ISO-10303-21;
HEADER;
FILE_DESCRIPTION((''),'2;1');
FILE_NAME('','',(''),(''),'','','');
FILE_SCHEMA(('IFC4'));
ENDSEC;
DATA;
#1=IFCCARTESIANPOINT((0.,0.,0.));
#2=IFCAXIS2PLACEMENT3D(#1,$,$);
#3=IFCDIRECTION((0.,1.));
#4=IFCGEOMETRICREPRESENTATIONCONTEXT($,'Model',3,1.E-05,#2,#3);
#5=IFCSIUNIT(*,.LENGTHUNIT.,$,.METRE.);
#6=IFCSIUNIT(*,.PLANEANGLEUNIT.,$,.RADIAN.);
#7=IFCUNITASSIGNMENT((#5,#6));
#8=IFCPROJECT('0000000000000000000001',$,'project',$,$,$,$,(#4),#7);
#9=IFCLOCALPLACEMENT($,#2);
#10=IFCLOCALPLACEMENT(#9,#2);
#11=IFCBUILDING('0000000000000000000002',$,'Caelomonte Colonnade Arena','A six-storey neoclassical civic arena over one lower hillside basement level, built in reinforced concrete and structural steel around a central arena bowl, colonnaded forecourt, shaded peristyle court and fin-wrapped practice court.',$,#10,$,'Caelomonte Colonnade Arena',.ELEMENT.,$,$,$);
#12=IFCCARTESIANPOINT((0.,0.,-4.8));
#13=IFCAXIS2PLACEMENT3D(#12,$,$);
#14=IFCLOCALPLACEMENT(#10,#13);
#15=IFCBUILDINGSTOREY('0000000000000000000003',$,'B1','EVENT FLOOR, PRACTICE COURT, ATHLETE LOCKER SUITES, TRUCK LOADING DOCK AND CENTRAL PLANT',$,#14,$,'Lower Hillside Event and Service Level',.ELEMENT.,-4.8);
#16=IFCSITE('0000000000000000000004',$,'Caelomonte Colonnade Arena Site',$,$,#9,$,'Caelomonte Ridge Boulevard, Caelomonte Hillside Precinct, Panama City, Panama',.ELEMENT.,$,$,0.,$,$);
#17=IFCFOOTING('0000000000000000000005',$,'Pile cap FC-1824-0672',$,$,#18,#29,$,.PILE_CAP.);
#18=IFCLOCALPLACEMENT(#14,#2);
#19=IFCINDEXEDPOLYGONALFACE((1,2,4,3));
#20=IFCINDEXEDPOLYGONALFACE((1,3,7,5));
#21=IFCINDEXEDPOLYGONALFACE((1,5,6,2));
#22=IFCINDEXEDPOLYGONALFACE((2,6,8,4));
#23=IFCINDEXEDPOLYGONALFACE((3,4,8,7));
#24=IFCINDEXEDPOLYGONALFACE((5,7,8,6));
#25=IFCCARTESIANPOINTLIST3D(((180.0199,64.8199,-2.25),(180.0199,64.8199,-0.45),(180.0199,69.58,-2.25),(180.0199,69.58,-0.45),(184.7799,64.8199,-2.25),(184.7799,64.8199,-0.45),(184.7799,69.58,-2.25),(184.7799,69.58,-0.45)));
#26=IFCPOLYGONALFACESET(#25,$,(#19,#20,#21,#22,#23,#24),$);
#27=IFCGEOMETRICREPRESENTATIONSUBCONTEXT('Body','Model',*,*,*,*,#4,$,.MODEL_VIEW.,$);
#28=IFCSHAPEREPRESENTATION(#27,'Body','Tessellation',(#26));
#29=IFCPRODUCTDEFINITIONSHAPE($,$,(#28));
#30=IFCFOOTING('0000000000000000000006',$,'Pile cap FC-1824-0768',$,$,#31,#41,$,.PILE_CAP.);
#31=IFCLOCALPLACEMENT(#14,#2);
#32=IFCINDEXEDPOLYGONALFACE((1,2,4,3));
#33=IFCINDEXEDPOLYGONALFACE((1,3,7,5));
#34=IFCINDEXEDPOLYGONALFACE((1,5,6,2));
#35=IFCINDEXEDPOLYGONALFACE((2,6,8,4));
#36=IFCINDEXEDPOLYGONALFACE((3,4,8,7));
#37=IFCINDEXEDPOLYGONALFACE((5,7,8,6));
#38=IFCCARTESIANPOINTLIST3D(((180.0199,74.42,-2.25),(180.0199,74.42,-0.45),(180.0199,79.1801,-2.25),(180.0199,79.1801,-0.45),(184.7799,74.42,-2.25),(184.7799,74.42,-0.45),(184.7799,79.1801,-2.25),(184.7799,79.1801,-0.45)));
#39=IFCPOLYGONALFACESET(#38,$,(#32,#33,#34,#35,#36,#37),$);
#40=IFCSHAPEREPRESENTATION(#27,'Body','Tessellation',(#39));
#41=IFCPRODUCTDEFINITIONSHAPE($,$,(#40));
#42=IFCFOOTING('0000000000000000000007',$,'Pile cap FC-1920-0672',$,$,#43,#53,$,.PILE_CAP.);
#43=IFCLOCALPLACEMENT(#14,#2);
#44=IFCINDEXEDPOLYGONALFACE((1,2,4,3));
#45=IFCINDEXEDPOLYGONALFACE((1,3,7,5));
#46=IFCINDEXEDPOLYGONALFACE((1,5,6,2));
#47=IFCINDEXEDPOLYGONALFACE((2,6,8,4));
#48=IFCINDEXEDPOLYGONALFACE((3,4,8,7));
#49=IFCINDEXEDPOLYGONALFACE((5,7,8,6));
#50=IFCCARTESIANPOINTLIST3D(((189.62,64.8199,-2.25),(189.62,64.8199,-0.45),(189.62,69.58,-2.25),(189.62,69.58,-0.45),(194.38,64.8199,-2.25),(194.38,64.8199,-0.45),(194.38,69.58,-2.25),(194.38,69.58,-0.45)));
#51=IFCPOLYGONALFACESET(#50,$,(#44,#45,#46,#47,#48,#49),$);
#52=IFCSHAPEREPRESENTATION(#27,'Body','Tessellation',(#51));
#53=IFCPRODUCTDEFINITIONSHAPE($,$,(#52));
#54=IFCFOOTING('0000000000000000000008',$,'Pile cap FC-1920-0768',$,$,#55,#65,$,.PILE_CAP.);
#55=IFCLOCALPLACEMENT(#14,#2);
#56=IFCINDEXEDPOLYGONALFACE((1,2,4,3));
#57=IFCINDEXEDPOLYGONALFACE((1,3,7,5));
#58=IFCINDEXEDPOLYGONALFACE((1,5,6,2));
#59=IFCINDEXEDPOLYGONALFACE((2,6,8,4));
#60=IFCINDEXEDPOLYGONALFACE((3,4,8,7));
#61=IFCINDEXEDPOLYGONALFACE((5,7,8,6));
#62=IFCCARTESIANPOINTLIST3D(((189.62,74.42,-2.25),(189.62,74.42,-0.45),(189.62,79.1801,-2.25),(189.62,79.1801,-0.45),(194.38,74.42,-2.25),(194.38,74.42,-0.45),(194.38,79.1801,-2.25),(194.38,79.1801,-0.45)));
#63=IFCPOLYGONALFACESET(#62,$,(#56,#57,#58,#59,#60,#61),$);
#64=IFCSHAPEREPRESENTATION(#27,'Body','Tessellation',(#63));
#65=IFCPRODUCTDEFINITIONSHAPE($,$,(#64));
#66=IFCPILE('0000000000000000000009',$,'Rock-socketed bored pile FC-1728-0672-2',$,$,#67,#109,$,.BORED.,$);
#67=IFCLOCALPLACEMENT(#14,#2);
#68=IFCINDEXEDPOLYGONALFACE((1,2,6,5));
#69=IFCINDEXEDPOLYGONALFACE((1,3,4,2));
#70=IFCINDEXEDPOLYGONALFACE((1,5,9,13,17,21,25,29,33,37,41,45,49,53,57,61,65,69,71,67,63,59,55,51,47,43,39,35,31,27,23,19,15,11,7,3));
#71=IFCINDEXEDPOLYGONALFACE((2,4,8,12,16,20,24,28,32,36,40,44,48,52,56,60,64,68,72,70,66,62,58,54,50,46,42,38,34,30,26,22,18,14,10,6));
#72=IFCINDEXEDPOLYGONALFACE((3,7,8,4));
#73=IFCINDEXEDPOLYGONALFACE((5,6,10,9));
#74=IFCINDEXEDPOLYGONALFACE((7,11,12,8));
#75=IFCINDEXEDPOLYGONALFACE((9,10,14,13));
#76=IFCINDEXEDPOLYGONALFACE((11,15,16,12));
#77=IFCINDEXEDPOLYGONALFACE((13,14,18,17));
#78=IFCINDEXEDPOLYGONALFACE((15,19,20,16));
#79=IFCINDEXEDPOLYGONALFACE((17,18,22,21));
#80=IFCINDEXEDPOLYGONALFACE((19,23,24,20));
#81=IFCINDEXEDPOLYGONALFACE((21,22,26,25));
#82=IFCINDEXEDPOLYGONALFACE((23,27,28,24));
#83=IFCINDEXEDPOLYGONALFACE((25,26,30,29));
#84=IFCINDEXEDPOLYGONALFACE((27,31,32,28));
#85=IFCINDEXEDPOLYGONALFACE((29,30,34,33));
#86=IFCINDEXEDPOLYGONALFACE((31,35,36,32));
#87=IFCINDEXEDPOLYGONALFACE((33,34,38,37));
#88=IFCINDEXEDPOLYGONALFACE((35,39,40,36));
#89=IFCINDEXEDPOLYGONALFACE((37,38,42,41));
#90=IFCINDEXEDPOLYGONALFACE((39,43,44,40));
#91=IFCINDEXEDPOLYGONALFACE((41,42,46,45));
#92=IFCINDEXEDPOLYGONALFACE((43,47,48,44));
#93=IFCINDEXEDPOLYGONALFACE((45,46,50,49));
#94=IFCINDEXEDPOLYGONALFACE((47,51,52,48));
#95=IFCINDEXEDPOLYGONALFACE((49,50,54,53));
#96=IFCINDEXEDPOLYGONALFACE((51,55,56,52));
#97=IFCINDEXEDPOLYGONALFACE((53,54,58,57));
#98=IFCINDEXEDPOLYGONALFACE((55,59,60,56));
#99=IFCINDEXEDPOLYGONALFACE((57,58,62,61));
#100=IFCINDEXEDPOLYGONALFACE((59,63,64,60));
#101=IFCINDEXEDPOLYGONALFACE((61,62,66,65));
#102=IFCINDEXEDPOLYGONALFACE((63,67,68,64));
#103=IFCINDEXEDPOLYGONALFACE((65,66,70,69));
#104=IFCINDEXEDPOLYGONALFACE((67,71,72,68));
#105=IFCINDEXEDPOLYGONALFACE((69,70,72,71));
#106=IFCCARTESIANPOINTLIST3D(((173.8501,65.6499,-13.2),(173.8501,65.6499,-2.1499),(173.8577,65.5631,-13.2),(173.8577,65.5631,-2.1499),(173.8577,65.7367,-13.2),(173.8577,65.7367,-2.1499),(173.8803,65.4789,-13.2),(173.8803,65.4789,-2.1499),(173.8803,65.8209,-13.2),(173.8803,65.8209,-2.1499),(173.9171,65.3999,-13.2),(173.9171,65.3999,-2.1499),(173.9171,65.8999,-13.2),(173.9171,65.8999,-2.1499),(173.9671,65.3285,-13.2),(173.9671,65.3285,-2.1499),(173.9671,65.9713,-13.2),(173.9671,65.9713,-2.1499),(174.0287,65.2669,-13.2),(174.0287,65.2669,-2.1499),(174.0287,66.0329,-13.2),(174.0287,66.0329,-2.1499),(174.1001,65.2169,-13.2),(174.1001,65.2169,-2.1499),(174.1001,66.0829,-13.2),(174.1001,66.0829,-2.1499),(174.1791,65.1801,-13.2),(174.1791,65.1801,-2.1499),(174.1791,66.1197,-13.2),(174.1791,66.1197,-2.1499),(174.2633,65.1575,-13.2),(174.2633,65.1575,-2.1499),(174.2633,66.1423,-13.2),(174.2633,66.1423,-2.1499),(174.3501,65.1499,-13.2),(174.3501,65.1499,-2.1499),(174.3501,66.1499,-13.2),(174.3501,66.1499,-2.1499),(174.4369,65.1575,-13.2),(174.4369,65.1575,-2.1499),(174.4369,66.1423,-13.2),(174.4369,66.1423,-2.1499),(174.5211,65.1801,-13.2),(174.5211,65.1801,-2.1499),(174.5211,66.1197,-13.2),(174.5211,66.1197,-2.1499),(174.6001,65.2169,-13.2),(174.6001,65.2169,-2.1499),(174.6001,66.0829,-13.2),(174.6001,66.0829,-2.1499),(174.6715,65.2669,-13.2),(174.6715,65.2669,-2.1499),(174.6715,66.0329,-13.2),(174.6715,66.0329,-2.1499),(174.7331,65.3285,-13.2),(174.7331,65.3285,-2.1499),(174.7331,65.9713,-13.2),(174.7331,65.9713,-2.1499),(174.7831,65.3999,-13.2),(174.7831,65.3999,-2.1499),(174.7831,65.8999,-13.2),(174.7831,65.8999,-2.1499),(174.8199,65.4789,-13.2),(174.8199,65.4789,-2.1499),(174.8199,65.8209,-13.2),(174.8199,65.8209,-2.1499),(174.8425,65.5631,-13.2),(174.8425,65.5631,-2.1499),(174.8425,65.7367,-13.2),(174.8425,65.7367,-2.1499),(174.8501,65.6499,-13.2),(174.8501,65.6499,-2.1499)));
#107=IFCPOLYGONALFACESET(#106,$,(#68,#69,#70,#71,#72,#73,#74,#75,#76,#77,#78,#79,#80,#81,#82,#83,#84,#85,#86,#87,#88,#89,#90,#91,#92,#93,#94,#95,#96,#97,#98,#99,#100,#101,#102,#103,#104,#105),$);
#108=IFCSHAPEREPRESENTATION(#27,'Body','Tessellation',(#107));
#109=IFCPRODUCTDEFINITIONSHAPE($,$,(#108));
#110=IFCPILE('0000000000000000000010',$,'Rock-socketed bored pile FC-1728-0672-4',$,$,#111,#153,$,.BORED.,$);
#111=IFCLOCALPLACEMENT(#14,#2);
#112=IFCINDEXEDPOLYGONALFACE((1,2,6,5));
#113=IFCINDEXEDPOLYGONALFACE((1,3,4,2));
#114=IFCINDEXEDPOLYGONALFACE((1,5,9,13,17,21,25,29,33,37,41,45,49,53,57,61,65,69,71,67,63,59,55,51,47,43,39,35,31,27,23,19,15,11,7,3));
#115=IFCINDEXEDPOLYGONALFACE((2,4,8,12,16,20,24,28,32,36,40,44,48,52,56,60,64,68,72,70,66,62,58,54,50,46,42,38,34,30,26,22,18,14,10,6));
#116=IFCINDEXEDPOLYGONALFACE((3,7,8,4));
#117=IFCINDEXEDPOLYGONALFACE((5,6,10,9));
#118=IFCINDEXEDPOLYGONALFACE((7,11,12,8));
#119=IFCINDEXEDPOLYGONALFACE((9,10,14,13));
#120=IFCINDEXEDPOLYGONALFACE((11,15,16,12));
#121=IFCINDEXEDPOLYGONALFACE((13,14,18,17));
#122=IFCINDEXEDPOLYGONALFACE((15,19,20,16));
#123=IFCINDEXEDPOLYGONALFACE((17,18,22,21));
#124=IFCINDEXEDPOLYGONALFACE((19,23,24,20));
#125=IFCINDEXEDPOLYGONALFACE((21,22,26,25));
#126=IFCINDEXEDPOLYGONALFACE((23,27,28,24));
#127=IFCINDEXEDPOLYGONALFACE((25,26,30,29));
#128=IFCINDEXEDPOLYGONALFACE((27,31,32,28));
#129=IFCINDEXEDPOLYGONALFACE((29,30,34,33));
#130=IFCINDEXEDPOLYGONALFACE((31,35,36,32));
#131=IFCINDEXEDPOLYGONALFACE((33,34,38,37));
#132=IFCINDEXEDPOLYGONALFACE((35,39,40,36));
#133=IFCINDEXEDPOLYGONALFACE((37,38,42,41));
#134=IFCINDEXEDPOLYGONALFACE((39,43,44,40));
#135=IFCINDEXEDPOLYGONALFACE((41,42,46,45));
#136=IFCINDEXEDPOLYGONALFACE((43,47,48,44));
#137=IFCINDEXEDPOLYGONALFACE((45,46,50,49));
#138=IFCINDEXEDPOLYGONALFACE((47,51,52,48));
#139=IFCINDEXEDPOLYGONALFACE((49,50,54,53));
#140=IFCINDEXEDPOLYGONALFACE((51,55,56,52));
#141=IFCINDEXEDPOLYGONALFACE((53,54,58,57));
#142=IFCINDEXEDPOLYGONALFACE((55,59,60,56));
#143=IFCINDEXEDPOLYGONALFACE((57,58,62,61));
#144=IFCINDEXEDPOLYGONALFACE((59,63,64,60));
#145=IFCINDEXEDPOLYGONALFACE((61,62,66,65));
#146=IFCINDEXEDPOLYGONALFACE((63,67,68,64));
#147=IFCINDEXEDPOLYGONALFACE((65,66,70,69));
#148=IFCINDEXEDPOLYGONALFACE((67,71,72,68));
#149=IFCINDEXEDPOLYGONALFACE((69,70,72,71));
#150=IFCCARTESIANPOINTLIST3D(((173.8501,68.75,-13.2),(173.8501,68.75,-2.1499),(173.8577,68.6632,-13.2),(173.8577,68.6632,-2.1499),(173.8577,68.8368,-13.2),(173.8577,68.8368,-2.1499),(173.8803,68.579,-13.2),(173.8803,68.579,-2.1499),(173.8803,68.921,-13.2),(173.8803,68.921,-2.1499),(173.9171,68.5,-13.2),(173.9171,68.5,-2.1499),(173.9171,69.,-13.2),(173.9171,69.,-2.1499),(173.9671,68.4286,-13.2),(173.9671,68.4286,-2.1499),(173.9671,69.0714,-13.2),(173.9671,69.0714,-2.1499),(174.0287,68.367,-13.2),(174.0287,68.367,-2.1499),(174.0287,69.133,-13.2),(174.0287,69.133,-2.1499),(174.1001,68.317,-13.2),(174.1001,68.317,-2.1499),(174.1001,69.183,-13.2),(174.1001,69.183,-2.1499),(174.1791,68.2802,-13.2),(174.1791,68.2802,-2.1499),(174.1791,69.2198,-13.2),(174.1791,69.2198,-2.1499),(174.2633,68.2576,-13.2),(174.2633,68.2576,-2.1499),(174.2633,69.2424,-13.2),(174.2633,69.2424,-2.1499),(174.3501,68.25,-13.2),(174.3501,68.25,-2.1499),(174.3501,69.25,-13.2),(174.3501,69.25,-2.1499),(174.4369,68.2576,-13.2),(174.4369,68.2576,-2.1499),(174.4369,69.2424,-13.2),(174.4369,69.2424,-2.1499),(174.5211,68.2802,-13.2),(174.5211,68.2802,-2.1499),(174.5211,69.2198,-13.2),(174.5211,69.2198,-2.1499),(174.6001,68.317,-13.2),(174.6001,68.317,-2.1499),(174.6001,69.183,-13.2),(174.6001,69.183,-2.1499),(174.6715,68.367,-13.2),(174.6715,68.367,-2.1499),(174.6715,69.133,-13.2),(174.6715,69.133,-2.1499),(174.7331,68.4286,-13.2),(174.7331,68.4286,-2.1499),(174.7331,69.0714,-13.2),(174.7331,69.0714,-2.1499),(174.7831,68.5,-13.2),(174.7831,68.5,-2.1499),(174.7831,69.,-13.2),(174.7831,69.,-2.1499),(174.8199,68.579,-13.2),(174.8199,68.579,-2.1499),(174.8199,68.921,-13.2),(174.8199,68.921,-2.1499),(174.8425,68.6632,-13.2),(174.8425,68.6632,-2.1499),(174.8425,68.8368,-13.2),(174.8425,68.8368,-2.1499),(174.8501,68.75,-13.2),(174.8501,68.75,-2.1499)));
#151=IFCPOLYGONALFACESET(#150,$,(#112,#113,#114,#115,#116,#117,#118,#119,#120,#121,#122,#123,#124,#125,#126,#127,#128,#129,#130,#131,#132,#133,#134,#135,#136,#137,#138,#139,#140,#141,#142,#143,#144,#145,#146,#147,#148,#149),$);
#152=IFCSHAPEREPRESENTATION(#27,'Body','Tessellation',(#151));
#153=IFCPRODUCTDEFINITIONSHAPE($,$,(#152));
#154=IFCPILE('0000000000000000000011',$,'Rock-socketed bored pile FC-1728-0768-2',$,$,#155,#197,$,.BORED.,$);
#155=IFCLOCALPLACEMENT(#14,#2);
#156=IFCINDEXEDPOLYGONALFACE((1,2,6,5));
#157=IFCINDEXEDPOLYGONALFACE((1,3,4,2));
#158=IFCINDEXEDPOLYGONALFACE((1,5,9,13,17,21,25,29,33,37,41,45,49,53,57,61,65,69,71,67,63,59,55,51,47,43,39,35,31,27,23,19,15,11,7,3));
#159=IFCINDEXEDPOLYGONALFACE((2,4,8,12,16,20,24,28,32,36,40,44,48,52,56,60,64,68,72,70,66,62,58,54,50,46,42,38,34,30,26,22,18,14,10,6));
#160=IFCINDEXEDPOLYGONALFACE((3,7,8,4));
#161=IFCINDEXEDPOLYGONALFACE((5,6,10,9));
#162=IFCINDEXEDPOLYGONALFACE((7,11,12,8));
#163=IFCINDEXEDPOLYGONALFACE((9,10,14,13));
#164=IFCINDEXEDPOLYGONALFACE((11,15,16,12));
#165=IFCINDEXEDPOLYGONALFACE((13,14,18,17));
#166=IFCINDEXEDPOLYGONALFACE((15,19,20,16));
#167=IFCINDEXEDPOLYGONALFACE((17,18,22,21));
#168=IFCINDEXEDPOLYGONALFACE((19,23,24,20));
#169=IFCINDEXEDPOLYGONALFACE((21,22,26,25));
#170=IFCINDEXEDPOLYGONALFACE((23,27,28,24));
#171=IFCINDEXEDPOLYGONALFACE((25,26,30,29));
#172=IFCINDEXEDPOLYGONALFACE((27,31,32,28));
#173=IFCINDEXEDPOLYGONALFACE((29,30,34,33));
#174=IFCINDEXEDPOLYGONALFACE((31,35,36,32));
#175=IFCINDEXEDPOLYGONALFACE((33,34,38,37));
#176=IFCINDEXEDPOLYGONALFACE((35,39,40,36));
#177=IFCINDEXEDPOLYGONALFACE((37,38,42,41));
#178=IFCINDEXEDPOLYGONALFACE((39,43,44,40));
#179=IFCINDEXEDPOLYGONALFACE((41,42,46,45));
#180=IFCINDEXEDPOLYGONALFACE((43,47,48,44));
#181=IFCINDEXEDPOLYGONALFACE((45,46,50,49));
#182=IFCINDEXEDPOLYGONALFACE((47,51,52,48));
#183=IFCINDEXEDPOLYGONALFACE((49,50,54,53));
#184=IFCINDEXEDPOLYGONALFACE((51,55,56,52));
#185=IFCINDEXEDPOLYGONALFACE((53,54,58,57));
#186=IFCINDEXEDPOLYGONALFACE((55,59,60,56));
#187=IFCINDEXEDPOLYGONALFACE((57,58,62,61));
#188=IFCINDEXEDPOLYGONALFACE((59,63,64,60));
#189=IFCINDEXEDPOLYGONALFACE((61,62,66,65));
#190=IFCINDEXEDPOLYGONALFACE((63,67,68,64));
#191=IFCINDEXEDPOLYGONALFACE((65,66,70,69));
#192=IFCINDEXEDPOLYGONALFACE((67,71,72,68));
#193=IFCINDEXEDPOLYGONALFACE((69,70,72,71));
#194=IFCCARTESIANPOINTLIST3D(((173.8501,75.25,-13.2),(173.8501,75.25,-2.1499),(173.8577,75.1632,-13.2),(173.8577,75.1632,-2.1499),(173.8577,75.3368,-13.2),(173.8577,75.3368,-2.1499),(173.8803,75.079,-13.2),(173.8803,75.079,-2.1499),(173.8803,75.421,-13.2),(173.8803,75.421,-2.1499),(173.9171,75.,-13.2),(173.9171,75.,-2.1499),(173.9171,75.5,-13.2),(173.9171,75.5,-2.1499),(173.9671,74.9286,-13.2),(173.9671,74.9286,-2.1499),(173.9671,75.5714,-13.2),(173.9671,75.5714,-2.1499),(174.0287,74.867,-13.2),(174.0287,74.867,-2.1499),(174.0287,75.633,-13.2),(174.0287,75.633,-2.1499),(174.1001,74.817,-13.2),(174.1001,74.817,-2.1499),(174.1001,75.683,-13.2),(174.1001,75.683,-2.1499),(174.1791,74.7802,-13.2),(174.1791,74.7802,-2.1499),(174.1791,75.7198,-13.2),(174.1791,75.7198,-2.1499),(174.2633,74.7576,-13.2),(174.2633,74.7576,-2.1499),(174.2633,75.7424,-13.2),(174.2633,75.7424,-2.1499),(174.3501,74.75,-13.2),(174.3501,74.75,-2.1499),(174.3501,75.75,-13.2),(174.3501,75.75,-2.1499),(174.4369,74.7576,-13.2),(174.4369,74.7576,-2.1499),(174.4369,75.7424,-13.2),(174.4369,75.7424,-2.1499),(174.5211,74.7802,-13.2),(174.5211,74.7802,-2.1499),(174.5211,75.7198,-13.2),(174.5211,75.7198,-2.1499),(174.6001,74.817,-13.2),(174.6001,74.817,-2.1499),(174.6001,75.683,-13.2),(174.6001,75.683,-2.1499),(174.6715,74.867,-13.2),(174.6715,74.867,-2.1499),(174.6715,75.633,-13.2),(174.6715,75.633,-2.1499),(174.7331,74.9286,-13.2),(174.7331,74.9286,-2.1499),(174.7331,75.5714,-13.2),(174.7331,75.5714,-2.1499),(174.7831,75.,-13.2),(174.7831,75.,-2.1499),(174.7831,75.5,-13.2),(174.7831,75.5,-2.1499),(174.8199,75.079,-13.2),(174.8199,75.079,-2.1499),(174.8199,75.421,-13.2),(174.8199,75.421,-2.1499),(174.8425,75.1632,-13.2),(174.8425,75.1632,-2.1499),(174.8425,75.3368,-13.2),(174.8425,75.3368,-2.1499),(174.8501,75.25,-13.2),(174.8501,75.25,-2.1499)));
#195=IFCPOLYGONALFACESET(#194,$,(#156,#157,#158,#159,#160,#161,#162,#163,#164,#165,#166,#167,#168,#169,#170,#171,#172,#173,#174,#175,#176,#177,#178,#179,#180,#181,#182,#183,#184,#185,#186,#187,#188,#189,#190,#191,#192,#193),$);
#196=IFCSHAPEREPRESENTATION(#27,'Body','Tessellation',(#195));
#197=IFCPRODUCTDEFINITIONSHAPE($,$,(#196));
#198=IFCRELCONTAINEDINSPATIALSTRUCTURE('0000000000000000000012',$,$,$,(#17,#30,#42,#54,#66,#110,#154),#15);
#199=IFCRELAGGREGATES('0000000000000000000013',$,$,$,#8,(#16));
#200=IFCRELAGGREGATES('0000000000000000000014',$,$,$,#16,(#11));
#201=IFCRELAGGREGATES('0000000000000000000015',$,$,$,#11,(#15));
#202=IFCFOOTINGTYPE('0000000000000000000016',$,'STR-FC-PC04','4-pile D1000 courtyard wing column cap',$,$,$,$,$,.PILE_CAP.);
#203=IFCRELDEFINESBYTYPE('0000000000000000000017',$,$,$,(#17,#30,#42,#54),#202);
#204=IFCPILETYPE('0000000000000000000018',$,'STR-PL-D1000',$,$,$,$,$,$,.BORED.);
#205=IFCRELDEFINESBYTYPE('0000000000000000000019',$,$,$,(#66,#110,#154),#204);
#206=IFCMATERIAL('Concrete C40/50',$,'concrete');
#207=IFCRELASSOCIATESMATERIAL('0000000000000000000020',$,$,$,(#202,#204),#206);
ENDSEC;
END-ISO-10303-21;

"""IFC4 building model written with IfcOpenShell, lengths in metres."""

from ifc_helpers import new_model, si_unit, direction, frame, origin, origin_2d, place, context, subcontext, project, spatial, rectangle, circle, extrude, material, material_profile, profile_set, type_object, element, save


model = new_model("IFC4")

# Units and contexts
model_context = context("Model", 3, precision=1e-05, world=origin(), true_north=direction((0.0, 1.0)))
body_context = subcontext(model_context, "Body", "Model", "MODEL_VIEW")
ifc_project = project(units=[si_unit("LENGTHUNIT", "METRE"), si_unit("PLANEANGLEUNIT", "RADIAN")], contexts=[model_context])

# Site, building, storey
site_placement = place(None, origin())
site = spatial("IfcSite", under=ifc_project, at=site_placement, Name="Caelomonte Colonnade Arena Site", LongName="Caelomonte Ridge Boulevard, Caelomonte Hillside Precinct, Panama City, Panama", CompositionType="ELEMENT", RefElevation=0.0)
building_placement = place(site_placement, origin())
building = spatial("IfcBuilding", under=site, at=building_placement, Name="Caelomonte Colonnade Arena", Description="A six-storey neoclassical civic arena over one lower hillside basement level, built in reinforced concrete and structural steel around a central arena bowl, colonnaded forecourt, shaded peristyle court and fin-wrapped practice court.", LongName="Caelomonte Colonnade Arena", CompositionType="ELEMENT")
storey_placement = place(building_placement, frame((0.0, 0.0, -4.8)))
storey = spatial("IfcBuildingStorey", under=building, at=storey_placement, Name="B1", Description="EVENT FLOOR, PRACTICE COURT, ATHLETE LOCKER SUITES, TRUCK LOADING DOCK AND CENTRAL PLANT", LongName="Lower Hillside Event and Service Level", CompositionType="ELEMENT", Elevation=-4.8)

# Footings
ifc_material_1 = material(Name="Concrete C40/50", Category="concrete")
footing_type = type_object("IfcFootingType", Name="STR-FC-PC04", Description="4-pile D1000 courtyard wing column cap", PredefinedType="PILE_CAP", material=ifc_material_1)
for number, where, z_axis, x_axis, name in (
    (1, (182.3999, 67.2, -2.25), (0.0, 0.0, 1.0), (1.0, 0.0, 0.0), "Pile cap FC-1824-0672"),
    (2, (182.3999, 76.8, -2.25), (0.0, 0.0, 1.0), (1.0, 0.0, 0.0), "Pile cap FC-1824-0768"),
    (3, (192.0, 67.2, -2.25), (0.0, 0.0, 1.0), (1.0, 0.0, 0.0), "Pile cap FC-1920-0672"),
    (4, (192.0, 76.8, -2.25), (0.0, 0.0, 1.0), (1.0, 0.0, 0.0), "Pile cap FC-1920-0768"),
):
    element("IfcFooting", number, at=place(storey_placement, frame(where, z_axis=z_axis, x_axis=x_axis)), inside=storey, type_object=footing_type, Name=name, PredefinedType="PILE_CAP", context=body_context, shape_type="SweptSolid", body=[
        extrude(rectangle(XDim=4.76, YDim=4.76, at=origin_2d()), origin(), (0.0, 0.0, 1.0), 1.8),
    ])

# Piles
ifc_material_profile_1 = material_profile(ifc_material_1, circle(Radius=0.5, at=origin_2d()), Name="PILE-D1000")
ifc_profile_set_1 = profile_set([ifc_material_profile_1], Name="Concrete C40/50")
pile_type = type_object("IfcPileType", Name="STR-PL-D1000", PredefinedType="BORED", material=ifc_profile_set_1)
for number, where, z_axis, x_axis, name in (
    (5, (174.3501, 65.6499, -2.1499), (0.0, 0.0, -1.0), (1.0, 0.0, 0.0), "Rock-socketed bored pile FC-1728-0672-2"),
    (6, (174.3501, 68.75, -2.1499), (0.0, 0.0, -1.0), (1.0, 0.0, 0.0), "Rock-socketed bored pile FC-1728-0672-4"),
    (7, (174.3501, 75.25, -2.1499), (0.0, 0.0, -1.0), (1.0, 0.0, 0.0), "Rock-socketed bored pile FC-1728-0768-2"),
):
    element("IfcPile", number, at=place(storey_placement, frame(where, z_axis=z_axis, x_axis=x_axis)), inside=storey, type_object=pile_type, Name=name, PredefinedType="BORED", context=body_context, shape_type="SweptSolid", body=[
        extrude(circle(Radius=0.5, at=origin_2d()), origin(), (0.0, 0.0, 1.0), 11.05),
    ])

save(model, "model.ifc")
